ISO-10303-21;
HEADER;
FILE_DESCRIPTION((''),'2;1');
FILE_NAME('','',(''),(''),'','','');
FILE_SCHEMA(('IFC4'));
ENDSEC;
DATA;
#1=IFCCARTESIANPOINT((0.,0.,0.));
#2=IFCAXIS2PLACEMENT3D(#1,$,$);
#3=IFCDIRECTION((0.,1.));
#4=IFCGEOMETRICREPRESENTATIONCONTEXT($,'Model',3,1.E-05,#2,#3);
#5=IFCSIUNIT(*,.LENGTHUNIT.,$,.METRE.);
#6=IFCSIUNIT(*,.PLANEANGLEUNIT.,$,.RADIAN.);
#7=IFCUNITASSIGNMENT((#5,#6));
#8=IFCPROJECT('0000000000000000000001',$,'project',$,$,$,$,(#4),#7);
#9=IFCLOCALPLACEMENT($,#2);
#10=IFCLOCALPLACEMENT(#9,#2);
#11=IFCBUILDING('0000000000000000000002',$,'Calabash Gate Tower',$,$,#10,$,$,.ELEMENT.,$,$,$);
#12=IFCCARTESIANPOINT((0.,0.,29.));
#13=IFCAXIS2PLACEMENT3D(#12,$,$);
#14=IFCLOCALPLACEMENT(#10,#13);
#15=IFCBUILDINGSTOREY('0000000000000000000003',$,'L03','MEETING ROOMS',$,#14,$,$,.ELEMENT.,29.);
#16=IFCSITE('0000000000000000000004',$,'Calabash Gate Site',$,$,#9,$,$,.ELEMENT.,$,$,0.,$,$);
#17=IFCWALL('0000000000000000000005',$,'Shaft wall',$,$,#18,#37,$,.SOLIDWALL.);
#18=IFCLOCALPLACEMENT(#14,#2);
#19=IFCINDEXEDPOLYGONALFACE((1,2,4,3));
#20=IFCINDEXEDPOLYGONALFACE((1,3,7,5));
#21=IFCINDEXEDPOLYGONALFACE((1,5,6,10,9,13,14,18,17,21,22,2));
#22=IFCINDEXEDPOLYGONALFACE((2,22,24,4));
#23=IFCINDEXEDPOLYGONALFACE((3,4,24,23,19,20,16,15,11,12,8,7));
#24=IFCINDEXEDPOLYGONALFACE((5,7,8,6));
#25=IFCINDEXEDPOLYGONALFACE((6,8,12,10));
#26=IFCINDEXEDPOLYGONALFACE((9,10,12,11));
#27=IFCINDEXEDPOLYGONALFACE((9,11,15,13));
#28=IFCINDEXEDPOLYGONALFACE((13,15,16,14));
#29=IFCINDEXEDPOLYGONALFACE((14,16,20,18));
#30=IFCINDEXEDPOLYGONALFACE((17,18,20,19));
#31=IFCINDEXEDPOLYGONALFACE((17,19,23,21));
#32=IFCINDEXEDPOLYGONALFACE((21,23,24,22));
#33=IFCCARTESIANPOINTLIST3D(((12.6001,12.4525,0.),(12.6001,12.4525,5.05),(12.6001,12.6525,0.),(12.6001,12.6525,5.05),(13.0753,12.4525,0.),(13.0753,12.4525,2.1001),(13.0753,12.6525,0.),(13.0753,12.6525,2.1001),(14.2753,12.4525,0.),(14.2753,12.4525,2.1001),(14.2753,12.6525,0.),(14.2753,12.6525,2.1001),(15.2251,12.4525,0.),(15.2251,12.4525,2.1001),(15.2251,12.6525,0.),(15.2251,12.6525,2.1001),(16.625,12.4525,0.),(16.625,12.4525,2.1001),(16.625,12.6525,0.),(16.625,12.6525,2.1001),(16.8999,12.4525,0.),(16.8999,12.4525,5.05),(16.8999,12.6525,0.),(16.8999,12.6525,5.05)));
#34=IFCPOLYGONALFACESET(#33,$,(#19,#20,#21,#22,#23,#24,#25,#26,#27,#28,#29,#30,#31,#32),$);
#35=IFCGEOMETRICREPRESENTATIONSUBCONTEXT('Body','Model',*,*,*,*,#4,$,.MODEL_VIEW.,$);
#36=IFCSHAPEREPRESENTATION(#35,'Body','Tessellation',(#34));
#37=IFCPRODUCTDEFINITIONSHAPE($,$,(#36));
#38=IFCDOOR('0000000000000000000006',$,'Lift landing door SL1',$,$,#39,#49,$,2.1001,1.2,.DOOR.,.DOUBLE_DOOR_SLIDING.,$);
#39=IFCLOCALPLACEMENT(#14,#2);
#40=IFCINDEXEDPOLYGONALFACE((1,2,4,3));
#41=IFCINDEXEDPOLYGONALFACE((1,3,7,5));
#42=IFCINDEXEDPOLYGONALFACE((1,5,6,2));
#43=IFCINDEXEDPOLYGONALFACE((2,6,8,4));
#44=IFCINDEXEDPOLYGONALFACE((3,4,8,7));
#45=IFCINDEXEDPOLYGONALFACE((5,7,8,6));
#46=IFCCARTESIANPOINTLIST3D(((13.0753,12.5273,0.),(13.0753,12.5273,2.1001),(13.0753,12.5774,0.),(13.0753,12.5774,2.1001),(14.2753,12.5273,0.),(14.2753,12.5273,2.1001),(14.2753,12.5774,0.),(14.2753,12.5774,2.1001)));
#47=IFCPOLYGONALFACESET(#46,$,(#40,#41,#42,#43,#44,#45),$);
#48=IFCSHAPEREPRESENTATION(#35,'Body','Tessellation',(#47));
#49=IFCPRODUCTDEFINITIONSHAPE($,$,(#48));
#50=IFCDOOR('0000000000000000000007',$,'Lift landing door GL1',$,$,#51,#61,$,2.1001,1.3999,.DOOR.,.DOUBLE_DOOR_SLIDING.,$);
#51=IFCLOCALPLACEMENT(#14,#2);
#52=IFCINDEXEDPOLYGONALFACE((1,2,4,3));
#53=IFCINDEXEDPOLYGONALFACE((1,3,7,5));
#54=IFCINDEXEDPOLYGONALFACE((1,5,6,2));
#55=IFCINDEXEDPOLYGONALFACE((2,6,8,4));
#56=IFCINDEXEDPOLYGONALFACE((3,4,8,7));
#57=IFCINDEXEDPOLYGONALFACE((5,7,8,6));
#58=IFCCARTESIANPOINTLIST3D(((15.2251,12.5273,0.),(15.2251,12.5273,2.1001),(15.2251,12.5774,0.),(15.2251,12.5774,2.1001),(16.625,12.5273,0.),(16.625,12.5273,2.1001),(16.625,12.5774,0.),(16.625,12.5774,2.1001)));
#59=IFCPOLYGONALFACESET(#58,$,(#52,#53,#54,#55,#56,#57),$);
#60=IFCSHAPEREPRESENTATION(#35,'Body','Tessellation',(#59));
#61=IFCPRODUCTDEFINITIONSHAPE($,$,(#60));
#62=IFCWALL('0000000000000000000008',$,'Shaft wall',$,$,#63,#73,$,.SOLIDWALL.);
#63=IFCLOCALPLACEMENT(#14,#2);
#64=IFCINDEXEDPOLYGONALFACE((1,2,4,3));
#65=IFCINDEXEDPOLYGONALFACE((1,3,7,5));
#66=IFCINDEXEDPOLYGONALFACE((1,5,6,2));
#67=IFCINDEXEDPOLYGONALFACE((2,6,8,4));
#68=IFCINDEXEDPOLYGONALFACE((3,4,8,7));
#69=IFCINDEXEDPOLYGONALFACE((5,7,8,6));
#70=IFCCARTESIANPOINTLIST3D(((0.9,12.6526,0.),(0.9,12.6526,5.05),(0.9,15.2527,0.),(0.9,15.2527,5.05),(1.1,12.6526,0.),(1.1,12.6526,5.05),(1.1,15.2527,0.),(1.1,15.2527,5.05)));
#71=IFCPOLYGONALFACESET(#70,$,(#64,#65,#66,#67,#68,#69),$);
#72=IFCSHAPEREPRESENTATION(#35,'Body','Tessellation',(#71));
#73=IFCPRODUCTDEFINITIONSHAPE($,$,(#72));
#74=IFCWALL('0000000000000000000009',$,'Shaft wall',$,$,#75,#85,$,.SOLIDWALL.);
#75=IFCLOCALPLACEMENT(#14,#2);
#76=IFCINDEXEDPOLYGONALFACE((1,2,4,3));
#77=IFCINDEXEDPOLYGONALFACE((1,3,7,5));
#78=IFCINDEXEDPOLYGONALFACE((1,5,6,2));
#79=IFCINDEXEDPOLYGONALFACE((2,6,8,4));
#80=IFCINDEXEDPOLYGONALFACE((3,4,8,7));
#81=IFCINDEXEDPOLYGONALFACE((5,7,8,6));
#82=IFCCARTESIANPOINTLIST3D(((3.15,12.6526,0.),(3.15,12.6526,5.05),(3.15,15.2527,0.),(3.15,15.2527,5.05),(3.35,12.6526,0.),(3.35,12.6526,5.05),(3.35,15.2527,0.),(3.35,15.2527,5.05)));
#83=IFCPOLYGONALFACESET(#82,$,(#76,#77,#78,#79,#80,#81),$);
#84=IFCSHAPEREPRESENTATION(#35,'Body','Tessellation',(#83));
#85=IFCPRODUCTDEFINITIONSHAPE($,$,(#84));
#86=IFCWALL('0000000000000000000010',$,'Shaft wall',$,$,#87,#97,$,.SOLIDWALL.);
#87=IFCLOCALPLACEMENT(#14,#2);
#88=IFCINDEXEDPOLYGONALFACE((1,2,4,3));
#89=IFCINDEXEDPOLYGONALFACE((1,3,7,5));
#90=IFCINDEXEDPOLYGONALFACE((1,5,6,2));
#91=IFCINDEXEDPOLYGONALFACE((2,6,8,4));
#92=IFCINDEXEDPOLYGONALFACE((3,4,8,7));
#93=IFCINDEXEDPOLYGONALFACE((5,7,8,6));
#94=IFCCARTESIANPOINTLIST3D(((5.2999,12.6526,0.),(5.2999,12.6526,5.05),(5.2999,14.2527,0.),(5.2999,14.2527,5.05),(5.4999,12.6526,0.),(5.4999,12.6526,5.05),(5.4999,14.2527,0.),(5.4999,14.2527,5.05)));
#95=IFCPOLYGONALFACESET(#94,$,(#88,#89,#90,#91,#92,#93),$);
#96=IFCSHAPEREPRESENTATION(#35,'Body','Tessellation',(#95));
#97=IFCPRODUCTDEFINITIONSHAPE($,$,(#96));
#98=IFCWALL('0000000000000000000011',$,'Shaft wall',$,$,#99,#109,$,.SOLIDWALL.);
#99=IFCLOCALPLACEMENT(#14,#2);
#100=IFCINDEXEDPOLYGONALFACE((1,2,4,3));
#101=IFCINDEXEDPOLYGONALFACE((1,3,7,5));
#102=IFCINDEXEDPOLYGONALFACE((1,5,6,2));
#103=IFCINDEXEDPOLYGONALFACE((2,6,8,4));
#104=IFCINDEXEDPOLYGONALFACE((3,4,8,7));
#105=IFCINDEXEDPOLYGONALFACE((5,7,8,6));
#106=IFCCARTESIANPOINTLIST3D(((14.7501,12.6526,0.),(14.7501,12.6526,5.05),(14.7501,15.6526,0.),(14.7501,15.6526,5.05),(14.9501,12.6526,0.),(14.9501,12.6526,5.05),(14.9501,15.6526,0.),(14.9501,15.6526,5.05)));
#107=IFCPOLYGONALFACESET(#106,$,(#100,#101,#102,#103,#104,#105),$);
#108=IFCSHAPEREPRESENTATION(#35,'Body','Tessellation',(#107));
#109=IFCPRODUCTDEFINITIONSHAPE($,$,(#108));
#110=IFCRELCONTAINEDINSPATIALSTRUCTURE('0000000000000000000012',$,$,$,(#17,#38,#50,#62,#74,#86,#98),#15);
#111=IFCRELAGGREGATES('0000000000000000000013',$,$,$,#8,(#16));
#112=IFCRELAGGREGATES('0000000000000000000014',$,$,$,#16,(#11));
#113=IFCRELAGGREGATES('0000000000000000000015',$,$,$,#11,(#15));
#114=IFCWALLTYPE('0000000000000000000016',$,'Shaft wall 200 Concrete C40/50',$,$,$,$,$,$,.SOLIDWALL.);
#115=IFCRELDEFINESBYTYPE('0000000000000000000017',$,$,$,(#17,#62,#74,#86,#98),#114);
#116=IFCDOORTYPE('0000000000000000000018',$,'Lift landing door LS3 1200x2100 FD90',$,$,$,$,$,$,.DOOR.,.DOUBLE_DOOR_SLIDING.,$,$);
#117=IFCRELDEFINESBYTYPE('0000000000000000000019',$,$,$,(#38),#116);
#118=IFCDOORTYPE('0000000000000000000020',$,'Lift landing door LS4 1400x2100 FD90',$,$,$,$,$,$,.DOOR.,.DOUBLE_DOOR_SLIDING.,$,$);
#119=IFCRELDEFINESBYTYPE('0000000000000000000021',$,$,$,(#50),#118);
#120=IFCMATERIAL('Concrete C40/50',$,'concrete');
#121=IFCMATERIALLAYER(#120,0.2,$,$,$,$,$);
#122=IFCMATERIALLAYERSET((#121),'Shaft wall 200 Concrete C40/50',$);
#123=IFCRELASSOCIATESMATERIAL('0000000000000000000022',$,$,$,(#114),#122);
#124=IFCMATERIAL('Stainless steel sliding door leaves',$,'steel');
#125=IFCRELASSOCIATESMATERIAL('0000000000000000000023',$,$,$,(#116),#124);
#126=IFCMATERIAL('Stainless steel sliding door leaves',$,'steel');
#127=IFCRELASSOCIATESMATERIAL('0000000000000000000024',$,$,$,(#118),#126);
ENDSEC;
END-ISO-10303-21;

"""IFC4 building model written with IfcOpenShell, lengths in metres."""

from ifc_helpers import new_model, si_unit, direction, frame, frame_2d, origin, place, context, subcontext, project, spatial, rectangle, extrude, material, layer, layer_set, type_object, element, fill, save


model = new_model("IFC4")

# Units and contexts
model_context = context("Model", 3, precision=1e-05, world=origin(), true_north=direction((0.0, 1.0)))
body_context = subcontext(model_context, "Body", "Model", "MODEL_VIEW")
ifc_project = project(units=[si_unit("LENGTHUNIT", "METRE"), si_unit("PLANEANGLEUNIT", "RADIAN")], contexts=[model_context])

# Site, building, storey
site_placement = place(None, origin())
site = spatial("IfcSite", under=ifc_project, at=site_placement, Name="Calabash Gate Site", CompositionType="ELEMENT", RefElevation=0.0)
building_placement = place(site_placement, origin())
building = spatial("IfcBuilding", under=site, at=building_placement, Name="Calabash Gate Tower", CompositionType="ELEMENT")
storey_placement = place(building_placement, frame((0.0, 0.0, 29.0)))
storey = spatial("IfcBuildingStorey", under=building, at=storey_placement, Name="L03", Description="MEETING ROOMS", CompositionType="ELEMENT", Elevation=29.0)

# Shared definitions
ifc_material_1 = material(Name="Concrete C40/50", Category="concrete")
ifc_layer_1 = layer(ifc_material_1, 0.2)
ifc_layer_set_1 = layer_set([ifc_layer_1], Name="Shaft wall 200 Concrete C40/50")
wall_type_1 = type_object("IfcWallType", Name="Shaft wall 200 Concrete C40/50", PredefinedType="SOLIDWALL", material=ifc_layer_set_1)

# Wall, openings, doors
wall_1_placement = place(storey_placement, frame((12.6001, 12.5525, 0.0), z_axis=(0.0, 0.0, 1.0), x_axis=(1.0, 0.0, 0.0)))
wall_1 = element("IfcWall", 1, at=wall_1_placement, inside=storey, type_object=wall_type_1, Name="Shaft wall", PredefinedType="SOLIDWALL", context=body_context, shape_type="SweptSolid", body=[
    extrude(rectangle(XDim=4.2998, YDim=0.2, at=frame_2d((2.1499, 0.0))), origin(), (0.0, 0.0, 1.0), 5.05),
])
opening_1_placement = place(wall_1_placement, frame((0.4751, 0.0, 0.0)))
opening_1 = element("IfcOpeningElement", 2, at=opening_1_placement, cuts=wall_1, PredefinedType="OPENING", context=body_context, shape_type="SweptSolid", body=[
    extrude(rectangle(XDim=1.2, YDim=2.1001, at=frame_2d((0.6001, 1.05))), frame((0.0, 0.1099, 0.0), z_axis=(0.0, -1.0, 0.0), x_axis=(1.0, 0.0, 0.0)), (0.0, 0.0, 1.0), 0.22),
])
opening_2_placement = place(wall_1_placement, frame((2.625, 0.0, 0.0)))
opening_2 = element("IfcOpeningElement", 3, at=opening_2_placement, cuts=wall_1, PredefinedType="OPENING", context=body_context, shape_type="SweptSolid", body=[
    extrude(rectangle(XDim=1.3999, YDim=2.1001, at=frame_2d((0.7, 1.05))), frame((0.0, 0.1099, 0.0), z_axis=(0.0, -1.0, 0.0), x_axis=(1.0, 0.0, 0.0)), (0.0, 0.0, 1.0), 0.22),
])
ifc_material_2 = material(Name="Stainless steel sliding door leaves", Category="steel")
door_type_1 = type_object("IfcDoorType", Name="Lift landing door LS3 1200x2100 FD90", OperationType="DOUBLE_DOOR_SLIDING", PredefinedType="DOOR", material=ifc_material_2)
door_1_placement = place(opening_1_placement, origin())
door_1 = element("IfcDoor", 4, at=door_1_placement, inside=storey, type_object=door_type_1, Name="Lift landing door SL1", OperationType="DOUBLE_DOOR_SLIDING", OverallHeight=2.1001, OverallWidth=1.2, PredefinedType="DOOR", context=body_context, shape_type="SweptSolid", body=[
    extrude(rectangle(XDim=1.2, YDim=2.1001, at=frame_2d((0.6001, 1.05))), frame((0.0, 0.0249, 0.0), z_axis=(0.0, -1.0, 0.0), x_axis=(1.0, 0.0, 0.0)), (0.0, 0.0, 1.0), 0.05),
])
fill(opening_1, door_1)
ifc_material_3 = material(Name="Stainless steel sliding door leaves", Category="steel")
door_type_2 = type_object("IfcDoorType", Name="Lift landing door LS4 1400x2100 FD90", OperationType="DOUBLE_DOOR_SLIDING", PredefinedType="DOOR", material=ifc_material_3)
door_2_placement = place(opening_2_placement, origin())
door_2 = element("IfcDoor", 5, at=door_2_placement, inside=storey, type_object=door_type_2, Name="Lift landing door GL1", OperationType="DOUBLE_DOOR_SLIDING", OverallHeight=2.1001, OverallWidth=1.3999, PredefinedType="DOOR", context=body_context, shape_type="SweptSolid", body=[
    extrude(rectangle(XDim=1.3999, YDim=2.1001, at=frame_2d((0.7, 1.05))), frame((0.0, 0.0249, 0.0), z_axis=(0.0, -1.0, 0.0), x_axis=(1.0, 0.0, 0.0)), (0.0, 0.0, 1.0), 0.05),
])
fill(opening_2, door_2)

# Walls
for number, where, z_axis, x_axis, name in (
    (6, (1.0, 12.6526, 0.0), (0.0, 0.0, 1.0), (0.0, 1.0, 0.0), "Shaft wall"),
    (7, (3.25, 12.6526, 0.0), (0.0, 0.0, 1.0), (0.0, 1.0, 0.0), "Shaft wall"),
):
    element("IfcWall", number, at=place(storey_placement, frame(where, z_axis=z_axis, x_axis=x_axis)), inside=storey, type_object=wall_type_1, Name=name, PredefinedType="SOLIDWALL", context=body_context, shape_type="SweptSolid", body=[
        extrude(rectangle(XDim=2.6001, YDim=0.2, at=frame_2d((1.3, 0.0))), origin(), (0.0, 0.0, 1.0), 5.05),
    ])
wall_2_placement = place(storey_placement, frame((5.3999, 12.6526, 0.0), z_axis=(0.0, 0.0, 1.0), x_axis=(0.0, 1.0, 0.0)))
element("IfcWall", 8, at=wall_2_placement, inside=storey, type_object=wall_type_1, Name="Shaft wall", PredefinedType="SOLIDWALL", context=body_context, shape_type="SweptSolid", body=[
    extrude(rectangle(XDim=1.6001, YDim=0.2, at=frame_2d((0.8, 0.0))), origin(), (0.0, 0.0, 1.0), 5.05),
])
wall_3_placement = place(storey_placement, frame((14.8501, 12.6526, 0.0), z_axis=(0.0, 0.0, 1.0), x_axis=(0.0, 1.0, 0.0)))
element("IfcWall", 9, at=wall_3_placement, inside=storey, type_object=wall_type_1, Name="Shaft wall", PredefinedType="SOLIDWALL", context=body_context, shape_type="SweptSolid", body=[
    extrude(rectangle(XDim=3.0, YDim=0.2, at=frame_2d((1.5, 0.0))), origin(), (0.0, 0.0, 1.0), 5.05),
])

save(model, "model.ifc")
